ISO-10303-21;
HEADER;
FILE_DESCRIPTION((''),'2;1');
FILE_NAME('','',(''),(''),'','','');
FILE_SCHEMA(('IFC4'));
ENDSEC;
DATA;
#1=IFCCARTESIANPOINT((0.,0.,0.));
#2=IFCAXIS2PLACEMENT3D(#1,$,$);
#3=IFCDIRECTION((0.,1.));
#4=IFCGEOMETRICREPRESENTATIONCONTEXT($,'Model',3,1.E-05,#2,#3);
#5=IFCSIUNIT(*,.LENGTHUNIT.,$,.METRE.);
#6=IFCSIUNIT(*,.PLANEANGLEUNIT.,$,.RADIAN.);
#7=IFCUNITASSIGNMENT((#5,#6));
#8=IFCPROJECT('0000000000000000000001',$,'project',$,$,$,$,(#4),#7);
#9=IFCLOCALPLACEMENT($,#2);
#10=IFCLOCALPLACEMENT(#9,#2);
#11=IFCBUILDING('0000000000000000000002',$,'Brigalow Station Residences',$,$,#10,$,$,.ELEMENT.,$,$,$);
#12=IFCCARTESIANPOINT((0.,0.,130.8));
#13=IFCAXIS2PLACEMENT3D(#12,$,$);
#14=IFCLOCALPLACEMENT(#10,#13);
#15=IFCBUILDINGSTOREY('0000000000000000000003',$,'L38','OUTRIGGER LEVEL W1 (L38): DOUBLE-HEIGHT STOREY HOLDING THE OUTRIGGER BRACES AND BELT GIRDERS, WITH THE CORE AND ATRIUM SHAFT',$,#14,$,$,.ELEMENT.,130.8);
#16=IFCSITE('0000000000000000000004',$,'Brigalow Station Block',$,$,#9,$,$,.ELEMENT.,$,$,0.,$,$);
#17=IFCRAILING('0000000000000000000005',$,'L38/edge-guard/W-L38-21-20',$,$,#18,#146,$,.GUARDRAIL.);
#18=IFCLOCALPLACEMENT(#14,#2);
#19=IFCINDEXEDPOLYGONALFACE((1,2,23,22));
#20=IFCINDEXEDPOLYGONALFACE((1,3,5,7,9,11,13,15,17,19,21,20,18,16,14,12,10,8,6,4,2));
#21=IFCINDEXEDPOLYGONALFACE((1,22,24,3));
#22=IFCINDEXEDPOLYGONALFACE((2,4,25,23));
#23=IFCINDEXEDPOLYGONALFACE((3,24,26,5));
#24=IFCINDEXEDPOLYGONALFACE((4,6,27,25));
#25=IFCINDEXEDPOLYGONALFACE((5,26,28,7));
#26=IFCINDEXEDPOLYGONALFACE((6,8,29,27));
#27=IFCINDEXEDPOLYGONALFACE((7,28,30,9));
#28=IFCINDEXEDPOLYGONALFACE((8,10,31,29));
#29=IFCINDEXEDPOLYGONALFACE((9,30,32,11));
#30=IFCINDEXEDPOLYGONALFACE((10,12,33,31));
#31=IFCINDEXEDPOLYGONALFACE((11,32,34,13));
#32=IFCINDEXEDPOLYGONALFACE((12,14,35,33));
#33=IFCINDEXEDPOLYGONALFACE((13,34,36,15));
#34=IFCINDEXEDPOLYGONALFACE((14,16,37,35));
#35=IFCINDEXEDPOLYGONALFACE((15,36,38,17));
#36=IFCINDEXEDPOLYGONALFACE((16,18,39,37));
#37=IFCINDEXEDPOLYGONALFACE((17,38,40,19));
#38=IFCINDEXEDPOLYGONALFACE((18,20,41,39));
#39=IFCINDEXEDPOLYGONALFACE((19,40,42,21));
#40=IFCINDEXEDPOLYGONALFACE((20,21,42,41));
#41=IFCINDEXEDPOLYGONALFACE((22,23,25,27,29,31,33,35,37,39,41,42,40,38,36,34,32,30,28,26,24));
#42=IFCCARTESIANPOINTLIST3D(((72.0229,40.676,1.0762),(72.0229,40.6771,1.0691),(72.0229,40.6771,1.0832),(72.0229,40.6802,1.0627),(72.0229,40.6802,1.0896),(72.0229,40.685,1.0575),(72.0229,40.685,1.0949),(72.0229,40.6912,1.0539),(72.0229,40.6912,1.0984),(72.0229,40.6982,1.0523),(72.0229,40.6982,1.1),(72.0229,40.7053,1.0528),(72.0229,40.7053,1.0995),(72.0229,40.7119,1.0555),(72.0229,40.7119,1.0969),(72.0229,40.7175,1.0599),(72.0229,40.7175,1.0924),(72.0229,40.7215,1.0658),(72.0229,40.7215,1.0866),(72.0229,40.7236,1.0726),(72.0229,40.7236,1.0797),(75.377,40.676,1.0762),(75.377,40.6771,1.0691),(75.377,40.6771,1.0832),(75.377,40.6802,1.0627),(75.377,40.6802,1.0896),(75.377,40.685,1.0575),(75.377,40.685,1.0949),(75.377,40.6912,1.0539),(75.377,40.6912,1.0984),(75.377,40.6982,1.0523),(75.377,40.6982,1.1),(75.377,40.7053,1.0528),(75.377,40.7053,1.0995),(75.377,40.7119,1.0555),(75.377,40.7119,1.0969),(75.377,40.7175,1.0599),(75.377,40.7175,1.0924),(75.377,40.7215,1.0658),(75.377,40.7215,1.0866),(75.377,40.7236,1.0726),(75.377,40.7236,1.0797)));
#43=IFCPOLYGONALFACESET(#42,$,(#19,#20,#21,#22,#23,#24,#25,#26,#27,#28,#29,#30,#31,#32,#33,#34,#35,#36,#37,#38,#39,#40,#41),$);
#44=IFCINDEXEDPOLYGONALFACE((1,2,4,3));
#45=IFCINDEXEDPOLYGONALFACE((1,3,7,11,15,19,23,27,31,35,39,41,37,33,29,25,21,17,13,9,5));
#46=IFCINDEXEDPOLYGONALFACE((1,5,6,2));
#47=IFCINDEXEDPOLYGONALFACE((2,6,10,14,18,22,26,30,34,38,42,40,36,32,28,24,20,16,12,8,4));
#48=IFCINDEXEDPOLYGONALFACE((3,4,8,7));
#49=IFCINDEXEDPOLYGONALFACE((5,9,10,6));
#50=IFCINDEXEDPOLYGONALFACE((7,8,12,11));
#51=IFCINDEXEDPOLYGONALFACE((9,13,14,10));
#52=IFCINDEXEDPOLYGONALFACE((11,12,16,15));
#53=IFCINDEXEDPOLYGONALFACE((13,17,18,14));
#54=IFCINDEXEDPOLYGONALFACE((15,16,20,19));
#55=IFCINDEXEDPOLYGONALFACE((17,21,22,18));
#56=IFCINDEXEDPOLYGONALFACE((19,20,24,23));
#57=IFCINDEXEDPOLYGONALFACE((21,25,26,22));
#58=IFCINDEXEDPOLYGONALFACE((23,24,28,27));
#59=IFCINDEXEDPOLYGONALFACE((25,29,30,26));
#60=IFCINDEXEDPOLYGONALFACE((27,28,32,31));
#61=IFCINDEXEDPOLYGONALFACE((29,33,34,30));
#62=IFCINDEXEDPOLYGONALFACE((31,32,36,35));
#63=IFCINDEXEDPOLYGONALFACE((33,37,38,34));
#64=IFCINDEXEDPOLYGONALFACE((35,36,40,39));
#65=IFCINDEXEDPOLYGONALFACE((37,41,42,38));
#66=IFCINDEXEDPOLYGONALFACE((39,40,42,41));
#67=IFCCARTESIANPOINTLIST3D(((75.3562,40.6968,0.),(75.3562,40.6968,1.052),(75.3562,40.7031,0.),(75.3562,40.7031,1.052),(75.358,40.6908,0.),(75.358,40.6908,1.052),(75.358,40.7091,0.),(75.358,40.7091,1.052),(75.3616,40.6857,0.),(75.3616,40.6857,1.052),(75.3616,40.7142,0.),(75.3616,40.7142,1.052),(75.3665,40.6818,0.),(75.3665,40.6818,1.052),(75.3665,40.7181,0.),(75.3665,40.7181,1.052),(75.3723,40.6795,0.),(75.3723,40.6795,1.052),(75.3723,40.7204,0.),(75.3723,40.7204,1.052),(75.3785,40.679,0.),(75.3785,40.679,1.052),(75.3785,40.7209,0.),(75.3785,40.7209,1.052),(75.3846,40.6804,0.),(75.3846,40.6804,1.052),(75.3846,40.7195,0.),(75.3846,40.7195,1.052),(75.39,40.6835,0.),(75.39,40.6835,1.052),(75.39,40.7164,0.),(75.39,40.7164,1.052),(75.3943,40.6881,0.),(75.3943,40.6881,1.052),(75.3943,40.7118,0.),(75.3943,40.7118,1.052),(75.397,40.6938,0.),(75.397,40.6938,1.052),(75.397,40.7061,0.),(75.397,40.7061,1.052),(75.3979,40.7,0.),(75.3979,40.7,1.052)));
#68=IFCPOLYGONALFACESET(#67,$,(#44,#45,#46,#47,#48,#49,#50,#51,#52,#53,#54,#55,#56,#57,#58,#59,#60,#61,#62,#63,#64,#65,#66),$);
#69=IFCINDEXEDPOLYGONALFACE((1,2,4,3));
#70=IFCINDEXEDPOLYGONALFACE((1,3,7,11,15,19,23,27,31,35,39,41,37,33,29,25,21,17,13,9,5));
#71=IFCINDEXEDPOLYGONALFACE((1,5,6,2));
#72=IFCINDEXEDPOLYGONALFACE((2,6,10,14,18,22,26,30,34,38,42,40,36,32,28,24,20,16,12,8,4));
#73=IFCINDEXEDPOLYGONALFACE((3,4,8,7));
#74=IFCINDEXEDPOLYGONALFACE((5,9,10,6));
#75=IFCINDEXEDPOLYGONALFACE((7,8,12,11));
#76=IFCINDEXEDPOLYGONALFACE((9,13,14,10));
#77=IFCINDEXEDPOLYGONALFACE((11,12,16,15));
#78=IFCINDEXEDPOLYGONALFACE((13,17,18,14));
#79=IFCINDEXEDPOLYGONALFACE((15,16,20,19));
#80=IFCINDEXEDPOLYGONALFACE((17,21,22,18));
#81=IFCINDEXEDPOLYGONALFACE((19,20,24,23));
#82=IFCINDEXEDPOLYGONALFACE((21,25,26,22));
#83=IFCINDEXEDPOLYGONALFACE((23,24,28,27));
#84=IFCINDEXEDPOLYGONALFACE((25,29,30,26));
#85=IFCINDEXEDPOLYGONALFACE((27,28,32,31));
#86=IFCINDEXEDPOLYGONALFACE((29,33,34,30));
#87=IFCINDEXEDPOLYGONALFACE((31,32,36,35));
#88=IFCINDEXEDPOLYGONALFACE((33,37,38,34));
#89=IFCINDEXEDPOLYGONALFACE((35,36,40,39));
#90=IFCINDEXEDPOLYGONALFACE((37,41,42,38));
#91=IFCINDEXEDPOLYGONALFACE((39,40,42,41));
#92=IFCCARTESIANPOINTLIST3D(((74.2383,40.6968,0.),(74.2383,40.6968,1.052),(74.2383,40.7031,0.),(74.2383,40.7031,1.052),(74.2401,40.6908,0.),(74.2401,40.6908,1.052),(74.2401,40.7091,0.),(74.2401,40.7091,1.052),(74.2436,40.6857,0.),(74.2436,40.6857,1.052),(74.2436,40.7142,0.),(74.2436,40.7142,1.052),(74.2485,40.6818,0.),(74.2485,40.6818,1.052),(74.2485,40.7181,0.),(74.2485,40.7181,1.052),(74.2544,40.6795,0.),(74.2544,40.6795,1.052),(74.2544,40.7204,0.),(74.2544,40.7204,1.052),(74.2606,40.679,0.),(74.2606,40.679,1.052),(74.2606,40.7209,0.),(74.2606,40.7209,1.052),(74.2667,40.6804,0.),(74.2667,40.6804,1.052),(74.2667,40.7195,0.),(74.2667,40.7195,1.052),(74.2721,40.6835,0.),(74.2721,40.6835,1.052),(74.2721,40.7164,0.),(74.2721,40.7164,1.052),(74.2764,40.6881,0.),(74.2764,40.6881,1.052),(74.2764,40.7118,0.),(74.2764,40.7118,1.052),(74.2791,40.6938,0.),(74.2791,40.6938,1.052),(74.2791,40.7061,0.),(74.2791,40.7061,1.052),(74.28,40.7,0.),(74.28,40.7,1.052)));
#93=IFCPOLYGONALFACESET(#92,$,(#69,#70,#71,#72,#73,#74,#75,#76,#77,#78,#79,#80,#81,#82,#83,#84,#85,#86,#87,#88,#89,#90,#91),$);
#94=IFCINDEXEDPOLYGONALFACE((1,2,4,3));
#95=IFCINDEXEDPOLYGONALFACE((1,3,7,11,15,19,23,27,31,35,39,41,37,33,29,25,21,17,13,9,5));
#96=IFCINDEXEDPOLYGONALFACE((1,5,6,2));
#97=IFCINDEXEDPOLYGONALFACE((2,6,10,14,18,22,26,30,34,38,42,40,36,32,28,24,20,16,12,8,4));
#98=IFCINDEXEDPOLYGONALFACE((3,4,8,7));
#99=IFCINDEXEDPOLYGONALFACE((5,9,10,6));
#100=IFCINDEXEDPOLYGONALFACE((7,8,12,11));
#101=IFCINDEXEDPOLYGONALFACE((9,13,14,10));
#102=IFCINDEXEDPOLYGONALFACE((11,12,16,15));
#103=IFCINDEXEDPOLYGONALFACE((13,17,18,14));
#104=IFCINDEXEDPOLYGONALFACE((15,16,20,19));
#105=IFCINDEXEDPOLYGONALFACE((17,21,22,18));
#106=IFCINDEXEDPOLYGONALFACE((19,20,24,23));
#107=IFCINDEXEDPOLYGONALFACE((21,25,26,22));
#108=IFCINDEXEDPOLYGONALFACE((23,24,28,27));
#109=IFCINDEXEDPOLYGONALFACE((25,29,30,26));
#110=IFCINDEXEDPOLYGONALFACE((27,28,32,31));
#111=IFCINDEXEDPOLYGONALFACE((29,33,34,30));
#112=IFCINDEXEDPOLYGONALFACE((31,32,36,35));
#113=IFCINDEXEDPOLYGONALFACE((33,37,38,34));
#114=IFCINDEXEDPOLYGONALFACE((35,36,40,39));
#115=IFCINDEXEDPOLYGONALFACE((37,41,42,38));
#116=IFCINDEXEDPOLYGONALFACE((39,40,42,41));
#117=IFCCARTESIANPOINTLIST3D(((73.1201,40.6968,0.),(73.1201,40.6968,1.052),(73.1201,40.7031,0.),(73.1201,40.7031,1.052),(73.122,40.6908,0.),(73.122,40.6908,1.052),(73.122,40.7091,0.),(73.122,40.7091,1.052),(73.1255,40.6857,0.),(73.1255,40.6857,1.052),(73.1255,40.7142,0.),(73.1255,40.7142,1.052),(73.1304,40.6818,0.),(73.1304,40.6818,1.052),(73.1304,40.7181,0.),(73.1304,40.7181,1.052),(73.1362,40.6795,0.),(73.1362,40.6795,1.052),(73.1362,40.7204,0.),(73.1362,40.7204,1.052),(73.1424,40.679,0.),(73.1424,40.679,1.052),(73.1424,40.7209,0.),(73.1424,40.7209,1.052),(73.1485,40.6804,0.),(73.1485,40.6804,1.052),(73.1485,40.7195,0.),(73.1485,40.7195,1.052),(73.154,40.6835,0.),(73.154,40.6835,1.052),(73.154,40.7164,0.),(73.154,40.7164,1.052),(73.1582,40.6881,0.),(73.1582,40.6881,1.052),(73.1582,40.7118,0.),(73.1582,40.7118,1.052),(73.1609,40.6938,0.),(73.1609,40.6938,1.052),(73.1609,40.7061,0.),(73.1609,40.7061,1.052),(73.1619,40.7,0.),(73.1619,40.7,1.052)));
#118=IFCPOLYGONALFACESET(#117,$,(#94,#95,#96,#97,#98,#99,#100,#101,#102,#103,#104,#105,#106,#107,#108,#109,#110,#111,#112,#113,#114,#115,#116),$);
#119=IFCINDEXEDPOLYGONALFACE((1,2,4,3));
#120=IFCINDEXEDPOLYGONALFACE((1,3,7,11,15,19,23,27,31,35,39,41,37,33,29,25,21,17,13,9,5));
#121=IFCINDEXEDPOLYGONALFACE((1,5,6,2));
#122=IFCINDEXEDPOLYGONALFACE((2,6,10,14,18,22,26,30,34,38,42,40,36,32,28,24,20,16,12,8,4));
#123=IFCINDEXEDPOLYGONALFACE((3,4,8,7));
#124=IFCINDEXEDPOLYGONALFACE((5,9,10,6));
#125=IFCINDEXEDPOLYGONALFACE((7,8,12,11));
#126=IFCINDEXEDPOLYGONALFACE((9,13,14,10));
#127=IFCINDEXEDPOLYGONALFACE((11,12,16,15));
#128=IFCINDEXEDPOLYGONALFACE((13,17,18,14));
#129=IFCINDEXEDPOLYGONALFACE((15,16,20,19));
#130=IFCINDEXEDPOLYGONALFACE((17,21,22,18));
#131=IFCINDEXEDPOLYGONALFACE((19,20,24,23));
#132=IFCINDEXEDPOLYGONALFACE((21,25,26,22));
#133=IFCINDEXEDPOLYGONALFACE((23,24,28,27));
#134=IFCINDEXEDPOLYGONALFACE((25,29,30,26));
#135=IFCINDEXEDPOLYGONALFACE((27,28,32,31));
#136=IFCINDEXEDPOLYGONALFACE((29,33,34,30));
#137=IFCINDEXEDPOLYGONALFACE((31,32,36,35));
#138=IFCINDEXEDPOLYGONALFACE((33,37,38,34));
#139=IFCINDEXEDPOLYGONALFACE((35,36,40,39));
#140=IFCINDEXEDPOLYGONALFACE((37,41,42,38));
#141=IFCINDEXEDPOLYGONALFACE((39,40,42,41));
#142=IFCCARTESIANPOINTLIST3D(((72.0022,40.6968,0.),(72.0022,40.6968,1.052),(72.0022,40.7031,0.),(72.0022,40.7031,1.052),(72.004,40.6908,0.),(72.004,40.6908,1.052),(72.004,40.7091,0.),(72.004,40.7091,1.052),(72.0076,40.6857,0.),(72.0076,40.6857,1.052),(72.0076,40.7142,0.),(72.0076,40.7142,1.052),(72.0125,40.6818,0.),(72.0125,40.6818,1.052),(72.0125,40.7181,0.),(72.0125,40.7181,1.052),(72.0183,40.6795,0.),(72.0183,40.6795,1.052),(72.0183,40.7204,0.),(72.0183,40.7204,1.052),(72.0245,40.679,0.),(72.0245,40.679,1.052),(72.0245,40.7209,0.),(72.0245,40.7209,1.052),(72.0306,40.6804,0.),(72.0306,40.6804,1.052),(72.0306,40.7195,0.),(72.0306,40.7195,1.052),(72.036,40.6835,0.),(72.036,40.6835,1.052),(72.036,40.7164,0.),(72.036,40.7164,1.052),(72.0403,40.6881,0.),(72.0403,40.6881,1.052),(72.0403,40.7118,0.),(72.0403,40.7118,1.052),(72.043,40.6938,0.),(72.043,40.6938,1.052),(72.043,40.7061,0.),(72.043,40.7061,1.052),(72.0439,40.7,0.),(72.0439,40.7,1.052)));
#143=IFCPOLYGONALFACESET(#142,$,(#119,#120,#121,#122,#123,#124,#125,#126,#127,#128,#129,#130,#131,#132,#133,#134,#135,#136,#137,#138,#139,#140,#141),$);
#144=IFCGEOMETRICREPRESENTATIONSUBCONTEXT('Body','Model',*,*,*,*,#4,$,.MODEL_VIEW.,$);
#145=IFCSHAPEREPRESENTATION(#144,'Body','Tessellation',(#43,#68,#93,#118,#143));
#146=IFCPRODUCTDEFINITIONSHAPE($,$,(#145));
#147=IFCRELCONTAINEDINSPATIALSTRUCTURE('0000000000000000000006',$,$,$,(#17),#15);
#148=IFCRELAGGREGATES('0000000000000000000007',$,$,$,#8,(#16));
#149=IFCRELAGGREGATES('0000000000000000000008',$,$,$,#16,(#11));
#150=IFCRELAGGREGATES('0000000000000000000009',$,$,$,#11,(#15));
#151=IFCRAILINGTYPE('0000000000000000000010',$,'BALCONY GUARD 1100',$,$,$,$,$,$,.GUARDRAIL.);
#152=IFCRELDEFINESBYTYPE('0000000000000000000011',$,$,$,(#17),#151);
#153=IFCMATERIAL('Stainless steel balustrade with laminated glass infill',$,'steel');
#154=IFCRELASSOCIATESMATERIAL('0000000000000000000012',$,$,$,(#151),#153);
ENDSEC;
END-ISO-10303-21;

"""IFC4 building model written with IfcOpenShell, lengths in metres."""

from ifc_helpers import new_model, si_unit, direction, frame, origin, origin_2d, place, context, subcontext, project, spatial, circle, extrude, material, type_object, element, save


model = new_model("IFC4")

# Units and contexts
model_context = context("Model", 3, precision=1e-05, world=origin(), true_north=direction((0.0, 1.0)))
body_context = subcontext(model_context, "Body", "Model", "MODEL_VIEW")
ifc_project = project(units=[si_unit("LENGTHUNIT", "METRE"), si_unit("PLANEANGLEUNIT", "RADIAN")], contexts=[model_context])

# Site, building, storey
site_placement = place(None, origin())
site = spatial("IfcSite", under=ifc_project, at=site_placement, Name="Brigalow Station Block", CompositionType="ELEMENT", RefElevation=0.0)
building_placement = place(site_placement, origin())
building = spatial("IfcBuilding", under=site, at=building_placement, Name="Brigalow Station Residences", CompositionType="ELEMENT")
storey_placement = place(building_placement, frame((0.0, 0.0, 130.8)))
storey = spatial("IfcBuildingStorey", under=building, at=storey_placement, Name="L38", Description="OUTRIGGER LEVEL W1 (L38): DOUBLE-HEIGHT STOREY HOLDING THE OUTRIGGER BRACES AND BELT GIRDERS, WITH THE CORE AND ATRIUM SHAFT", CompositionType="ELEMENT", Elevation=130.8)

# Railing
ifc_material_1 = material(Name="Stainless steel balustrade with laminated glass infill", Category="steel")
railing_type = type_object("IfcRailingType", Name="BALCONY GUARD 1100", PredefinedType="GUARDRAIL", material=ifc_material_1)
railing_1_placement = place(storey_placement, frame((75.377, 40.7, 0.0)))
element("IfcRailing", 1, at=railing_1_placement, inside=storey, type_object=railing_type, Name="L38/edge-guard/W-L38-21-20", PredefinedType="GUARDRAIL", context=body_context, shape_type="SweptSolid", body=[
    extrude(circle(Radius=0.0239, at=origin_2d()), frame((0.0, 0.0, 1.0762), z_axis=(-1.0, 0.0, 0.0), x_axis=(0.0, -1.0, 0.0)), (0.0, 0.0, 1.0), 3.354),
    extrude(circle(Radius=0.021, at=origin_2d()), origin(), (0.0, 0.0, 1.0), 1.052),
    extrude(circle(Radius=0.021, at=origin_2d()), frame((-1.1179, 0.0, 0.0)), (0.0, 0.0, 1.0), 1.052),
    extrude(circle(Radius=0.021, at=origin_2d()), frame((-2.2361, 0.0, 0.0)), (0.0, 0.0, 1.0), 1.052),
    extrude(circle(Radius=0.021, at=origin_2d()), frame((-3.354, 0.0, 0.0)), (0.0, 0.0, 1.0), 1.052),
])

save(model, "model.ifc")
